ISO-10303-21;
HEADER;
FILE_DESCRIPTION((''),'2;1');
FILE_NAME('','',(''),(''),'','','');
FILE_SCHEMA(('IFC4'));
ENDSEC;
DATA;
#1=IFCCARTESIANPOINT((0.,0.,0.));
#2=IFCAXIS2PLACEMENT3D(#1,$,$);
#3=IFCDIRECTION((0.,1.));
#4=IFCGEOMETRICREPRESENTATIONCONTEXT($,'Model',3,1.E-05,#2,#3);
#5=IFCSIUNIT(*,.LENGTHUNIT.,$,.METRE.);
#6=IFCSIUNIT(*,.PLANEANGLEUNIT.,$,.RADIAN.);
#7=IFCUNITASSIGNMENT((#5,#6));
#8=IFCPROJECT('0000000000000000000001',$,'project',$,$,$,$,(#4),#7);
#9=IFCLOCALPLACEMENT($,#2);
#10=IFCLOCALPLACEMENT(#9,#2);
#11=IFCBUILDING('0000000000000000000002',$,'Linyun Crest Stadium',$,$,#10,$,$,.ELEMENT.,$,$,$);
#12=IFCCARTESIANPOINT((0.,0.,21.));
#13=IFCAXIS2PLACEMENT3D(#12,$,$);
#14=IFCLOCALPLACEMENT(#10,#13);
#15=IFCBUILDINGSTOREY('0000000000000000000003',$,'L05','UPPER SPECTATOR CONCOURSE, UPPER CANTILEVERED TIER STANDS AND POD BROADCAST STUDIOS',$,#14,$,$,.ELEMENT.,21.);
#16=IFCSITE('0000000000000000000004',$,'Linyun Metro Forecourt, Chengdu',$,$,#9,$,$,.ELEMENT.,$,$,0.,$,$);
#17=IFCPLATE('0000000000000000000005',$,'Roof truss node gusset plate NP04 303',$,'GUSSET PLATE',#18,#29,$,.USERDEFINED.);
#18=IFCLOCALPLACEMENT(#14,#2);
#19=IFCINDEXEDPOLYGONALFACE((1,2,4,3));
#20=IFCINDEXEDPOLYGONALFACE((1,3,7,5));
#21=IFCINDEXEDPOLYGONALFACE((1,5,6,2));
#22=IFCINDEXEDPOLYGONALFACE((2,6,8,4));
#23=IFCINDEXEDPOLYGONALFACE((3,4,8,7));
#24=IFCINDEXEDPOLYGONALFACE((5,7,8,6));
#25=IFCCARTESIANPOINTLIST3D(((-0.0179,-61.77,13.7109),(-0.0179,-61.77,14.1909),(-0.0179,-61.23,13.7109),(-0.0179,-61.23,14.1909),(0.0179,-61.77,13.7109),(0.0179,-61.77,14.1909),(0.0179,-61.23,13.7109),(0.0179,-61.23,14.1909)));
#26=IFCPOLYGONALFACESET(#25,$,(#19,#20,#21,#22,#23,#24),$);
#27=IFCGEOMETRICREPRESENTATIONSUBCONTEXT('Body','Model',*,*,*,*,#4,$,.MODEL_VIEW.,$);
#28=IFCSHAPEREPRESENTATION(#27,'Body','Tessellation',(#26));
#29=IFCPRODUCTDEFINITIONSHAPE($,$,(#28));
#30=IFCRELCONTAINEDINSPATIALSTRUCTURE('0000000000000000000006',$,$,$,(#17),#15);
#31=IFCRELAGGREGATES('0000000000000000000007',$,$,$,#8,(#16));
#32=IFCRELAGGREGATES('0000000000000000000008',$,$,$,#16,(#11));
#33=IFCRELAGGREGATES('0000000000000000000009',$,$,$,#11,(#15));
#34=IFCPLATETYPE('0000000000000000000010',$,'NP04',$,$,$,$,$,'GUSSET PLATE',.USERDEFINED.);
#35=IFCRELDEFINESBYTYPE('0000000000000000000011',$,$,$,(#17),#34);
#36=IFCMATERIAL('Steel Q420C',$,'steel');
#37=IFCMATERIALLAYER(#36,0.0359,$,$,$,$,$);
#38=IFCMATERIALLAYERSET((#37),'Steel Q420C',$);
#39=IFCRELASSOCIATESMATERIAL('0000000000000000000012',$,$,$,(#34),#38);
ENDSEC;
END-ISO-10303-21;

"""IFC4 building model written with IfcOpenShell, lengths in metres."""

from ifc_helpers import new_model, si_unit, direction, frame, origin, origin_2d, place, context, subcontext, project, spatial, rectangle, extrude, material, layer, layer_set, type_object, element, save


model = new_model("IFC4")

# Units and contexts
model_context = context("Model", 3, precision=1e-05, world=origin(), true_north=direction((0.0, 1.0)))
body_context = subcontext(model_context, "Body", "Model", "MODEL_VIEW")
ifc_project = project(units=[si_unit("LENGTHUNIT", "METRE"), si_unit("PLANEANGLEUNIT", "RADIAN")], contexts=[model_context])

# Site, building, storey
site_placement = place(None, origin())
site = spatial("IfcSite", under=ifc_project, at=site_placement, Name="Linyun Metro Forecourt, Chengdu", CompositionType="ELEMENT", RefElevation=0.0)
building_placement = place(site_placement, origin())
building = spatial("IfcBuilding", under=site, at=building_placement, Name="Linyun Crest Stadium", CompositionType="ELEMENT")
storey_placement = place(building_placement, frame((0.0, 0.0, 21.0)))
storey = spatial("IfcBuildingStorey", under=building, at=storey_placement, Name="L05", Description="UPPER SPECTATOR CONCOURSE, UPPER CANTILEVERED TIER STANDS AND POD BROADCAST STUDIOS", CompositionType="ELEMENT", Elevation=21.0)

# Plate
ifc_material_1 = material(Name="Steel Q420C", Category="steel")
ifc_layer_1 = layer(ifc_material_1, 0.0359)
ifc_layer_set_1 = layer_set([ifc_layer_1], Name="Steel Q420C")
plate_type_1 = type_object("IfcPlateType", Name="NP04", ElementType="GUSSET PLATE", PredefinedType="USERDEFINED", material=ifc_layer_set_1)
plate_1_placement = place(storey_placement, frame((0.0, -61.5, 13.7109), z_axis=(0.0, 0.0, 1.0), x_axis=(0.0, 1.0, 0.0)))
element("IfcPlate", 1, at=plate_1_placement, inside=storey, type_object=plate_type_1, Name="Roof truss node gusset plate NP04 303", ObjectType="GUSSET PLATE", PredefinedType="USERDEFINED", context=body_context, shape_type="SweptSolid", body=[
    extrude(rectangle(XDim=0.54, YDim=0.0359, at=origin_2d()), origin(), (0.0, 0.0, 1.0), 0.48),
])

save(model, "model.ifc")
